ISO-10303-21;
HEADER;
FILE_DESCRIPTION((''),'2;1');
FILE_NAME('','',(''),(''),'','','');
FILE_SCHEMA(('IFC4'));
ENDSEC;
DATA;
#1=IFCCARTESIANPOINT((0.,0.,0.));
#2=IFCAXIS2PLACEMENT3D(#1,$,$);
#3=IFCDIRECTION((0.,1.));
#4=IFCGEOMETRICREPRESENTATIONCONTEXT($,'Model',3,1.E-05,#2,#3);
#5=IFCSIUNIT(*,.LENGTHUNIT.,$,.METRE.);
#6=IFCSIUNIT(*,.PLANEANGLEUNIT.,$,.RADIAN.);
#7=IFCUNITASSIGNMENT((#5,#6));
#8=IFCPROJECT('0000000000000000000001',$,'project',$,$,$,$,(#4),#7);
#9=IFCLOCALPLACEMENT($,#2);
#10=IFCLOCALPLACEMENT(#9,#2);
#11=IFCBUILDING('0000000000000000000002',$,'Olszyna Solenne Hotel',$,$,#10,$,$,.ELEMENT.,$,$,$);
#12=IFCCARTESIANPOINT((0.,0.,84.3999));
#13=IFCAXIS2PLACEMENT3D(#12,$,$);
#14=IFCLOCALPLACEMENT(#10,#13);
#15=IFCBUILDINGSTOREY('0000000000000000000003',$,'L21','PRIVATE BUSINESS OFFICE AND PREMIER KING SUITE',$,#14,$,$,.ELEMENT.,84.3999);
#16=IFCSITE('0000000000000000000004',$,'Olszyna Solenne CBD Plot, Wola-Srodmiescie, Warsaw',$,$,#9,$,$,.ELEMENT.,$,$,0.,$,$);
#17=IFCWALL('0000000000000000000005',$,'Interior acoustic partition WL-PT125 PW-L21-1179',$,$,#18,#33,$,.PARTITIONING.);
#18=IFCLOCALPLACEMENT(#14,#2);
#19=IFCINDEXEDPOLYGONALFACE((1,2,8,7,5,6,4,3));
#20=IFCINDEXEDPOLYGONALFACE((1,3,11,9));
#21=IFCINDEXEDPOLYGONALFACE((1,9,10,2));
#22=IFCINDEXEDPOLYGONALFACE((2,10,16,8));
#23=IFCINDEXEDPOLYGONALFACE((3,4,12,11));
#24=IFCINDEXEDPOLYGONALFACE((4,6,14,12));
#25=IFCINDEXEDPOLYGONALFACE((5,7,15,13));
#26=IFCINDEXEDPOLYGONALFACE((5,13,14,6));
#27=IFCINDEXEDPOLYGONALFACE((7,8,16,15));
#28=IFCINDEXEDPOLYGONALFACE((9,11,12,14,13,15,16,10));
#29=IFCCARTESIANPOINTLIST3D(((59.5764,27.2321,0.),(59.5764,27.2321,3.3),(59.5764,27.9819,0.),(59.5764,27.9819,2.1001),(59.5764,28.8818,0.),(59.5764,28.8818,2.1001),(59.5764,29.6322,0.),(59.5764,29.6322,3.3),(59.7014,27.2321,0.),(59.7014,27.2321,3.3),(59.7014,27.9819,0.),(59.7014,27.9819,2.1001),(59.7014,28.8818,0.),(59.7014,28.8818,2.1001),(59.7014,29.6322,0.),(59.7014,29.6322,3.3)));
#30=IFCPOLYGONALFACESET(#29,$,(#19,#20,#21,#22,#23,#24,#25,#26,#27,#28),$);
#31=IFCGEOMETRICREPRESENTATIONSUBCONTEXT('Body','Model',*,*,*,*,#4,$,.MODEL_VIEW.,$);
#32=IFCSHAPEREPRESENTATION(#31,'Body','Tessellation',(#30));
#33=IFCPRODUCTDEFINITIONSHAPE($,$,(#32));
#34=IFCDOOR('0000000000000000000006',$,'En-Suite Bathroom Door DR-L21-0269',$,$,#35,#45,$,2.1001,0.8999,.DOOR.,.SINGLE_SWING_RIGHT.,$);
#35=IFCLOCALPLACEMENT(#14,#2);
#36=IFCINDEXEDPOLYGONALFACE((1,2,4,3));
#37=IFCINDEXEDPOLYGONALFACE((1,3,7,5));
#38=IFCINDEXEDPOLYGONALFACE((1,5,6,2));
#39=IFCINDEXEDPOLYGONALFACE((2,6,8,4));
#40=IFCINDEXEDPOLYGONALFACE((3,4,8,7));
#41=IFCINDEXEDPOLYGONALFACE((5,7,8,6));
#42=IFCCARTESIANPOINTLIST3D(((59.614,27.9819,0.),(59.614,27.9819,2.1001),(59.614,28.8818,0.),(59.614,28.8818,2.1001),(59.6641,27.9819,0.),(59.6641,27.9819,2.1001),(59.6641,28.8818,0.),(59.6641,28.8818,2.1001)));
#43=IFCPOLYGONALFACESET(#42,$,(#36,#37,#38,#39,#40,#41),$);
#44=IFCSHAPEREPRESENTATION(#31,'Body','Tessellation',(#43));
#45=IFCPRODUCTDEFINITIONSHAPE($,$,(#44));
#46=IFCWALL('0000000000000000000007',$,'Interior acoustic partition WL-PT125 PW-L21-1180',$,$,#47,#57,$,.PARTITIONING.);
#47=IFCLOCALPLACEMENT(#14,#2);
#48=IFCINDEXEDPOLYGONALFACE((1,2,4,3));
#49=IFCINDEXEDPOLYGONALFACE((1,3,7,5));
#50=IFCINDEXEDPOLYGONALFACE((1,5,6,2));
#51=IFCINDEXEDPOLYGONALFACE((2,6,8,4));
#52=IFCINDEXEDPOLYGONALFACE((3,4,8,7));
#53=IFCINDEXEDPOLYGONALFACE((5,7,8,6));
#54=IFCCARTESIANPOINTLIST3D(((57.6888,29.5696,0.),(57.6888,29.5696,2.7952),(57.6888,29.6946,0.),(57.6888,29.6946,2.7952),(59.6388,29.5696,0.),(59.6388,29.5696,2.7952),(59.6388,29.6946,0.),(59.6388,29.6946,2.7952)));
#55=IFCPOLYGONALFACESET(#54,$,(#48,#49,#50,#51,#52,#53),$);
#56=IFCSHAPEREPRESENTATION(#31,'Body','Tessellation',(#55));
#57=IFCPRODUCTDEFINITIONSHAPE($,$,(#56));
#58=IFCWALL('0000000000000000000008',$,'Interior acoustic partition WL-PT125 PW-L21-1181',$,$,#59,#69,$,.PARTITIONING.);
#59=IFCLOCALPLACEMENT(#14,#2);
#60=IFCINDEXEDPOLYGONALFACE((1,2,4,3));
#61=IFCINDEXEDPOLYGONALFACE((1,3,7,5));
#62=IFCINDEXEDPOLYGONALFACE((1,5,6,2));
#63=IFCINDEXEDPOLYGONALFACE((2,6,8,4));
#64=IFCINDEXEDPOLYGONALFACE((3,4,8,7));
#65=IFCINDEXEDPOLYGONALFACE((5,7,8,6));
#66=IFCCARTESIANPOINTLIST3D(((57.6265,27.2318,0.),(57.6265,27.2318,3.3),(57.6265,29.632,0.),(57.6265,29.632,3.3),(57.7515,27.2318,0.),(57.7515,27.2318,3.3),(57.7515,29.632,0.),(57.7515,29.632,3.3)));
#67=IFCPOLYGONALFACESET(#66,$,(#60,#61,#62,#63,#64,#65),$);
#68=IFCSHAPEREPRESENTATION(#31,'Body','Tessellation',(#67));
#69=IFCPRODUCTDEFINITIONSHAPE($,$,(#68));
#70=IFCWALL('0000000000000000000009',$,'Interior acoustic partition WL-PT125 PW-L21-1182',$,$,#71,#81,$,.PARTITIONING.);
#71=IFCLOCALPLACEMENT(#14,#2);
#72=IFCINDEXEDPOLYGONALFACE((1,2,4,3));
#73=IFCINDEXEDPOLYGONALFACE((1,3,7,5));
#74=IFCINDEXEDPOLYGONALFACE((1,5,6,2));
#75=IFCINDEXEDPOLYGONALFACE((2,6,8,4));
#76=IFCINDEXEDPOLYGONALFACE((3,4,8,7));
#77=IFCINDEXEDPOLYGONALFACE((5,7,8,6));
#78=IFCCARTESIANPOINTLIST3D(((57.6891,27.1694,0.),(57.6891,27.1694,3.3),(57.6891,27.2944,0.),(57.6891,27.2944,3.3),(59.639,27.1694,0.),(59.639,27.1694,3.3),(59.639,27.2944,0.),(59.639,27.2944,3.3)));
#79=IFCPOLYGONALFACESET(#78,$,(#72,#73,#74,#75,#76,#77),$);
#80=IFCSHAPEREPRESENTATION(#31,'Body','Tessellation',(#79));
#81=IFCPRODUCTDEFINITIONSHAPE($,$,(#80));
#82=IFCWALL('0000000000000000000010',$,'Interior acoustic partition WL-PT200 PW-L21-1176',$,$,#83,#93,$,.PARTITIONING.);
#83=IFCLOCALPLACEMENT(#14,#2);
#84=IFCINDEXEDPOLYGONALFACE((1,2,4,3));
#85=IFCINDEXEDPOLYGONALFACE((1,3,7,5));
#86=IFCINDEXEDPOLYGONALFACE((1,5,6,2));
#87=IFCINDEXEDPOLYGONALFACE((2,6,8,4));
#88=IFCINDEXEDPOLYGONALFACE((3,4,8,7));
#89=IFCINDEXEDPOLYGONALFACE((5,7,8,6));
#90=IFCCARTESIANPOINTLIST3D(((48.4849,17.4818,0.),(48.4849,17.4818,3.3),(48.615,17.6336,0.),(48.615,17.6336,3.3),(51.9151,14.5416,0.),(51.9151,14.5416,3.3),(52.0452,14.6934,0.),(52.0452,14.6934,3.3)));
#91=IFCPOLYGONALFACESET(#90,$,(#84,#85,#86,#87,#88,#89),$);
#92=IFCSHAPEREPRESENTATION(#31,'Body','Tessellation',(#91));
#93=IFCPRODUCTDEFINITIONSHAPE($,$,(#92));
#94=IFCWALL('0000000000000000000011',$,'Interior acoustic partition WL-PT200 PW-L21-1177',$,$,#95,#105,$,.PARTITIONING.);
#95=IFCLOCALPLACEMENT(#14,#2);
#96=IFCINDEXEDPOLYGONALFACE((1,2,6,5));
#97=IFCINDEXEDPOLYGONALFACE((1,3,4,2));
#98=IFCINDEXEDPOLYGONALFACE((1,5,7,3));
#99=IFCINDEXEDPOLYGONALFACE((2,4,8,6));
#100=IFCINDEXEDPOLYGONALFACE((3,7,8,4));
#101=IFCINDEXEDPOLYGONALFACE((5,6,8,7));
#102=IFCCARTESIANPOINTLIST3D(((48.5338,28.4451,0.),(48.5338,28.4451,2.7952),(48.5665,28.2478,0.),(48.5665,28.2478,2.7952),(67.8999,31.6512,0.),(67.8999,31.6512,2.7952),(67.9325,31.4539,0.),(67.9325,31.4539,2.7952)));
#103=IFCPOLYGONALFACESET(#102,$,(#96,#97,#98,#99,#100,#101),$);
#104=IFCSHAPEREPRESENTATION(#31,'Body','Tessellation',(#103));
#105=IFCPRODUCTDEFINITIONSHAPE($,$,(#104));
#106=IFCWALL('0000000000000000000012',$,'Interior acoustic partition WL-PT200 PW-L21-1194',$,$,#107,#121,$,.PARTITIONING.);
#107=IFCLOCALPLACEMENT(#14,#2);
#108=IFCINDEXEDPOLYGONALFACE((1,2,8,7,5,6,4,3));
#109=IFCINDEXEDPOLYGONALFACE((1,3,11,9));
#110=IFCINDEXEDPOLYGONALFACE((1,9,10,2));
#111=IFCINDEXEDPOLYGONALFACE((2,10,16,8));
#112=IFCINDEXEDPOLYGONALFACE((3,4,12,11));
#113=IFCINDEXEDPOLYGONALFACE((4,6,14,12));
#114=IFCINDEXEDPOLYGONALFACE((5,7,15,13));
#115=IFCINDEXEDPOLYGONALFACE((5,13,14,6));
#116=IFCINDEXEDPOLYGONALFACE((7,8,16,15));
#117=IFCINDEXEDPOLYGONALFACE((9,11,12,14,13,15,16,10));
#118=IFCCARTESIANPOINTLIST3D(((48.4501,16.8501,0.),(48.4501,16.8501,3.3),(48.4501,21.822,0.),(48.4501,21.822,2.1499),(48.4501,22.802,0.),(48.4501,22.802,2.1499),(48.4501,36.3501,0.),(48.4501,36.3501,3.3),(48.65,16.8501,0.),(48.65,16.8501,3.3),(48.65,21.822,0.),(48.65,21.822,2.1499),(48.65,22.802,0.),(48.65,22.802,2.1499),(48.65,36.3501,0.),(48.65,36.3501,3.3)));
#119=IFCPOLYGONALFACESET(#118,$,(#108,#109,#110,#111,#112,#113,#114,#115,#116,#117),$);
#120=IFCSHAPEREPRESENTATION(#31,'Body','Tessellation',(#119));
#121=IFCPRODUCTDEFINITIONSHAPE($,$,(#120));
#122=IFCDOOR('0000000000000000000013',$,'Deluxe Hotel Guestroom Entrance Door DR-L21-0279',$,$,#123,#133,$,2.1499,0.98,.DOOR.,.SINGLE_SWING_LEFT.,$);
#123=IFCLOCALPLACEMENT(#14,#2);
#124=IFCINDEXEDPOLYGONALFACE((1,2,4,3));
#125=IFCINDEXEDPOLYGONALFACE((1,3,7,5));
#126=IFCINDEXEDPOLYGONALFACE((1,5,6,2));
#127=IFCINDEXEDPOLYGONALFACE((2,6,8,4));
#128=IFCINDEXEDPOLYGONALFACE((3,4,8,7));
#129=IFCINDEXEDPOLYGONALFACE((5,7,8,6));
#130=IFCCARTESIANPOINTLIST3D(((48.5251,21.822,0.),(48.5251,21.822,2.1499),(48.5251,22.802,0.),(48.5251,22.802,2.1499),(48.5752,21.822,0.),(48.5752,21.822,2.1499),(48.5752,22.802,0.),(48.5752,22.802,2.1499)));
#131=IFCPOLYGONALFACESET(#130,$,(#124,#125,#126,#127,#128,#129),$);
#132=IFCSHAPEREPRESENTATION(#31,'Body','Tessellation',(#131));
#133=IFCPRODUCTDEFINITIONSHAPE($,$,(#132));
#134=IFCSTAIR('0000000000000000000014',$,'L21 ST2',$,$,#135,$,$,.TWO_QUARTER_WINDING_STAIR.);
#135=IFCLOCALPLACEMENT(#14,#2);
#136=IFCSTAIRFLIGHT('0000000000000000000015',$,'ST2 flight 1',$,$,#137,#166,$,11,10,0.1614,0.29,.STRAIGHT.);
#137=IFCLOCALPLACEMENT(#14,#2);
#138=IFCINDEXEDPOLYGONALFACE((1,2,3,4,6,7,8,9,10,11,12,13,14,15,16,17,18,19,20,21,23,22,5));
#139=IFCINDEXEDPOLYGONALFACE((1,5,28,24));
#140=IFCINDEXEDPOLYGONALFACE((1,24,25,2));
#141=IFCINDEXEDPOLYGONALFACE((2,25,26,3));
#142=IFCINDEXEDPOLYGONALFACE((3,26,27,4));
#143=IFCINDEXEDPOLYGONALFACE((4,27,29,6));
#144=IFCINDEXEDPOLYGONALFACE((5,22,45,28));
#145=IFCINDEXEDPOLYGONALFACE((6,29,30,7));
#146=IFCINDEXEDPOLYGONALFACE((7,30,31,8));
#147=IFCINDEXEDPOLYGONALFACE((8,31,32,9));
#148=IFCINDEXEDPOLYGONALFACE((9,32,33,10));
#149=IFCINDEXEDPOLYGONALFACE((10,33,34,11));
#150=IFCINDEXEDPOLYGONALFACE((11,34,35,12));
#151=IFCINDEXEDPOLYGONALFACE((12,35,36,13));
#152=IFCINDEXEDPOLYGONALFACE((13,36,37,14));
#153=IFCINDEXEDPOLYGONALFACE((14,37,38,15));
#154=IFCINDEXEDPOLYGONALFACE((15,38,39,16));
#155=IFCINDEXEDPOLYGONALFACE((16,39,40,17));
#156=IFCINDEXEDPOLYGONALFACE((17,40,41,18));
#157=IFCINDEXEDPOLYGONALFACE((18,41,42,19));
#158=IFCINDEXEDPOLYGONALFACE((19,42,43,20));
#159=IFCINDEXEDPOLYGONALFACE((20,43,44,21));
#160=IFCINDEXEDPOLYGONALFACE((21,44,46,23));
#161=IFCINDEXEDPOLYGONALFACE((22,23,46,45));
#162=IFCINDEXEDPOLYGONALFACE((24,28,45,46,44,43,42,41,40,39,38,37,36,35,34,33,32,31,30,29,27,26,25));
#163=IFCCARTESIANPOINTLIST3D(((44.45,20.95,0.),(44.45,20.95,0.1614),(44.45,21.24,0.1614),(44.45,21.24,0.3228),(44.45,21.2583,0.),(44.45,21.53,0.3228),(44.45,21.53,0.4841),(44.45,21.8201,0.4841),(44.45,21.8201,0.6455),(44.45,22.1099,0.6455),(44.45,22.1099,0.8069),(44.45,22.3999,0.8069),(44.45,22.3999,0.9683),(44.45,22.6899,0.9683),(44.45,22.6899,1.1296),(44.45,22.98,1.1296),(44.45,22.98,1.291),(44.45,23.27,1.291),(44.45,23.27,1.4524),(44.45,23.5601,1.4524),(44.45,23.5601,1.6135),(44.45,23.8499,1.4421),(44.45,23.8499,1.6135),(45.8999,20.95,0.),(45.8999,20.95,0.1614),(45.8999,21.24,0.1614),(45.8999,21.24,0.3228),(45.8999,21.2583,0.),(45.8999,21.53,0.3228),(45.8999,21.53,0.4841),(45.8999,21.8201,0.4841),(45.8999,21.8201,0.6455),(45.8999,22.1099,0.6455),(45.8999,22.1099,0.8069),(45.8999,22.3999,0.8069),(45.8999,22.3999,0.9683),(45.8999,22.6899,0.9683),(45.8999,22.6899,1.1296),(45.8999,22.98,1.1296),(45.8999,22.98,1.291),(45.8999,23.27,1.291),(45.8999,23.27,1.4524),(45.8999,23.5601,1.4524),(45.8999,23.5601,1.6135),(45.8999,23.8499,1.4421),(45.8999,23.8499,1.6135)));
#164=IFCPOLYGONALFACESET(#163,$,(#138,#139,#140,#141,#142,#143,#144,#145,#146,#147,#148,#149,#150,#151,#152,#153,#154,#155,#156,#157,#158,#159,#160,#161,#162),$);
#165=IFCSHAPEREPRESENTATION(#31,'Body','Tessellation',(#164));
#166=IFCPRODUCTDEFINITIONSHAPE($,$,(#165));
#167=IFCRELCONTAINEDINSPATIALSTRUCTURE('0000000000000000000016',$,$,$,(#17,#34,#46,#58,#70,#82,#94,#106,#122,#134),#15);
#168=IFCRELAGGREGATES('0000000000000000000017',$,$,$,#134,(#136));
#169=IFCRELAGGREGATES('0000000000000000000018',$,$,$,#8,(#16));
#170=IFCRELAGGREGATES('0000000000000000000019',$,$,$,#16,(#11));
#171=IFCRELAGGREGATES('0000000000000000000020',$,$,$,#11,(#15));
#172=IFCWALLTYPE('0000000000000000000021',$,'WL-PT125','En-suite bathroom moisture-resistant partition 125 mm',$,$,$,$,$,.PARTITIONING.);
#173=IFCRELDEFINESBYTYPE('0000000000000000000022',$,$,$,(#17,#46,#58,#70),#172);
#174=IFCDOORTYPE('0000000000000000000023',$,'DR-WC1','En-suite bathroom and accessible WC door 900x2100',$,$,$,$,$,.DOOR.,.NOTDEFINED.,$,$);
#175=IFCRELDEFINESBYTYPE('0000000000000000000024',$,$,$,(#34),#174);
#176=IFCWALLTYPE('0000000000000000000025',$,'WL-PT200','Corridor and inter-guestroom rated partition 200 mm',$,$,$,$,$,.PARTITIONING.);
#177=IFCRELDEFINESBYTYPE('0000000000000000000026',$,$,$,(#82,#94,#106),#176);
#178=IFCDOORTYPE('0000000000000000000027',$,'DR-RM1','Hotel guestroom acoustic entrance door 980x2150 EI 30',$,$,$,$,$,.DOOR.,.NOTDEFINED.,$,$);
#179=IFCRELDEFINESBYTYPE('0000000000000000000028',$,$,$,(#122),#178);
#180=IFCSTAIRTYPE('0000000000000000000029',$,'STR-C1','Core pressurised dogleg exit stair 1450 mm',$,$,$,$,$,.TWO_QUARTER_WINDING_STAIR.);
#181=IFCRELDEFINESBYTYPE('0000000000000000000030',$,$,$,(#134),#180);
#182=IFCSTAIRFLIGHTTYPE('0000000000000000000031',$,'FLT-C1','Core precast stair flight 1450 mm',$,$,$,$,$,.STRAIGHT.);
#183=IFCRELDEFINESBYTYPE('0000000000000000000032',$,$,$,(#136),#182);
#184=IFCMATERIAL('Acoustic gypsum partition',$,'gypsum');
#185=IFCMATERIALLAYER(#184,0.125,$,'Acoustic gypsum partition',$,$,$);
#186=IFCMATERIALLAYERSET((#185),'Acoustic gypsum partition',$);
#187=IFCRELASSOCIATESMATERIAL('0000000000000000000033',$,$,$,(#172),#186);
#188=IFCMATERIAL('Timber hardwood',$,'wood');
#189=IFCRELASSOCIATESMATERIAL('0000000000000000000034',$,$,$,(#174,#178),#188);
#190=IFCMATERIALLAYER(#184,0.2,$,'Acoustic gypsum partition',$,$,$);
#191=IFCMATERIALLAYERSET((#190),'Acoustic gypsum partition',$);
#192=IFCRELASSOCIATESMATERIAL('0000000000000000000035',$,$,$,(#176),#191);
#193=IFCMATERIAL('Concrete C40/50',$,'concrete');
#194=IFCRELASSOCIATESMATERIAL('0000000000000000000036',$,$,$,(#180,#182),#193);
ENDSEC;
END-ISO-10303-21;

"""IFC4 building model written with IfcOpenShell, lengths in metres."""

from ifc_helpers import new_model, si_unit, direction, frame, frame_2d, origin, place, context, subcontext, project, spatial, polyline, rectangle, outline, extrude, source, transform, mapped, material, layer, layer_set, type_object, type_shapes, element, fill, aggregate, save


model = new_model("IFC4")

# Units and contexts
model_context = context("Model", 3, precision=1e-05, world=origin(), true_north=direction((0.0, 1.0)))
body_context = subcontext(model_context, "Body", "Model", "MODEL_VIEW")
ifc_project = project(units=[si_unit("LENGTHUNIT", "METRE"), si_unit("PLANEANGLEUNIT", "RADIAN")], contexts=[model_context])

# Site, building, storey
site_placement = place(None, origin())
site = spatial("IfcSite", under=ifc_project, at=site_placement, Name="Olszyna Solenne CBD Plot, Wola-Srodmiescie, Warsaw", CompositionType="ELEMENT", RefElevation=0.0)
building_placement = place(site_placement, origin())
building = spatial("IfcBuilding", under=site, at=building_placement, Name="Olszyna Solenne Hotel", CompositionType="ELEMENT")
storey_placement = place(building_placement, frame((0.0, 0.0, 84.3999)))
storey = spatial("IfcBuildingStorey", under=building, at=storey_placement, Name="L21", Description="PRIVATE BUSINESS OFFICE AND PREMIER KING SUITE", CompositionType="ELEMENT", Elevation=84.3999)

# Wall, opening, door
ifc_material_1 = material(Name="Acoustic gypsum partition", Category="gypsum")
ifc_layer_1 = layer(ifc_material_1, 0.125, Name="Acoustic gypsum partition")
ifc_layer_set_1 = layer_set([ifc_layer_1], Name="Acoustic gypsum partition")
wall_type_1 = type_object("IfcWallType", Name="WL-PT125", Description="En-suite bathroom moisture-resistant partition 125 mm", PredefinedType="PARTITIONING", material=ifc_layer_set_1)
wall_1_placement = place(storey_placement, frame((59.6389, 27.2319, 0.0), z_axis=(0.0, 0.0, 1.0), x_axis=(0.0, 1.0, 0.0)))
wall_1 = element("IfcWall", 1, at=wall_1_placement, inside=storey, type_object=wall_type_1, Name="Interior acoustic partition WL-PT125 PW-L21-1179", PredefinedType="PARTITIONING", context=body_context, shape_type="SweptSolid", body=[
    extrude(rectangle(XDim=2.4001, YDim=0.125, at=frame_2d((1.2002, 0.0))), origin(), (0.0, 0.0, 1.0), 3.3),
])
opening_1_placement = place(wall_1_placement, frame((0.75, 0.0, 0.0)))
opening_1 = element("IfcOpeningElement", 2, at=opening_1_placement, cuts=wall_1, PredefinedType="OPENING", context=body_context, shape_type="SweptSolid", body=[
    extrude(rectangle(XDim=0.8999, YDim=2.1001, at=frame_2d((0.45, 1.05))), frame((0.0, 0.0725, 0.0), z_axis=(0.0, -1.0, 0.0), x_axis=(1.0, 0.0, 0.0)), (0.0, 0.0, 1.0), 0.145),
])
ifc_material_2 = material(Name="Timber hardwood", Category="wood")
door_type_1 = type_object("IfcDoorType", Name="DR-WC1", Description="En-suite bathroom and accessible WC door 900x2100", OperationType="NOTDEFINED", PredefinedType="DOOR", material=ifc_material_2)
shared_shape_1 = source(origin(), body_context, "Body", "SweptSolid", [
    extrude(rectangle(XDim=0.8999, YDim=2.1001, at=frame_2d((0.45, 1.05))), frame((0.0, 0.0249, 0.0), z_axis=(0.0, -1.0, 0.0), x_axis=(1.0, 0.0, 0.0)), (0.0, 0.0, 1.0), 0.05),
])
type_shapes(door_type_1, [shared_shape_1])
door_1_placement = place(opening_1_placement, origin())
door_1 = element("IfcDoor", 3, at=door_1_placement, inside=storey, type_object=door_type_1, Name="En-Suite Bathroom Door DR-L21-0269", OperationType="SINGLE_SWING_RIGHT", OverallHeight=2.1001, OverallWidth=0.8999, PredefinedType="DOOR", context=body_context, shape_type="MappedRepresentation", body=[
    mapped(shared_shape_1, transform((0.0, 0.0, 0.0), x_axis=(1.0, 0.0, 0.0), y_axis=(0.0, 1.0, 0.0), z_axis=(0.0, 0.0, 1.0), scale=1.0)),
])
fill(opening_1, door_1)

# Walls
wall_2_placement = place(storey_placement, frame((59.6389, 29.6321, 0.0), z_axis=(0.0, 0.0, 1.0), x_axis=(-1.0, 0.0, 0.0)))
element("IfcWall", 4, at=wall_2_placement, inside=storey, type_object=wall_type_1, Name="Interior acoustic partition WL-PT125 PW-L21-1180", PredefinedType="PARTITIONING", context=body_context, shape_type="SweptSolid", body=[
    extrude(rectangle(XDim=1.95, YDim=0.125, at=frame_2d((0.9751, 0.0))), origin(), (0.0, 0.0, 1.0), 2.7952),
])
wall_3_placement = place(storey_placement, frame((57.689, 29.6321, 0.0), z_axis=(0.0, 0.0, 1.0), x_axis=(0.0, -1.0, 0.0)))
element("IfcWall", 5, at=wall_3_placement, inside=storey, type_object=wall_type_1, Name="Interior acoustic partition WL-PT125 PW-L21-1181", PredefinedType="PARTITIONING", context=body_context, shape_type="SweptSolid", body=[
    extrude(rectangle(XDim=2.4001, YDim=0.125, at=frame_2d((1.2002, 0.0))), origin(), (0.0, 0.0, 1.0), 3.3),
])
wall_4_placement = place(storey_placement, frame((57.689, 27.2319, 0.0), z_axis=(0.0, 0.0, 1.0), x_axis=(1.0, 0.0, 0.0)))
element("IfcWall", 6, at=wall_4_placement, inside=storey, type_object=wall_type_1, Name="Interior acoustic partition WL-PT125 PW-L21-1182", PredefinedType="PARTITIONING", context=body_context, shape_type="SweptSolid", body=[
    extrude(rectangle(XDim=1.95, YDim=0.125, at=frame_2d((0.9751, 0.0))), origin(), (0.0, 0.0, 1.0), 3.3),
])
ifc_layer_2 = layer(ifc_material_1, 0.2, Name="Acoustic gypsum partition")
ifc_layer_set_2 = layer_set([ifc_layer_2], Name="Acoustic gypsum partition")
wall_type_2 = type_object("IfcWallType", Name="WL-PT200", Description="Corridor and inter-guestroom rated partition 200 mm", PredefinedType="PARTITIONING", material=ifc_layer_set_2)
wall_5_placement = place(storey_placement, frame((48.55, 17.5576, 0.0), z_axis=(0.0, 0.0, 1.0), x_axis=(0.759253, -0.650796, 0.0)))
element("IfcWall", 7, at=wall_5_placement, inside=storey, type_object=wall_type_2, Name="Interior acoustic partition WL-PT200 PW-L21-1176", PredefinedType="PARTITIONING", context=body_context, shape_type="SweptSolid", body=[
    extrude(rectangle(XDim=4.5178, YDim=0.2, at=frame_2d((2.2588, 0.0))), origin(), (0.0, 0.0, 1.0), 3.3),
])
wall_6_placement = place(storey_placement, frame((48.55, 28.3464, 0.0), z_axis=(0.0, 0.0, 1.0), x_axis=(0.986572, 0.163328, 0.0)))
element("IfcWall", 8, at=wall_6_placement, inside=storey, type_object=wall_type_2, Name="Interior acoustic partition WL-PT200 PW-L21-1177", PredefinedType="PARTITIONING", context=body_context, shape_type="SweptSolid", body=[
    extrude(rectangle(XDim=19.6296, YDim=0.2, at=frame_2d((9.8149, 0.0))), origin(), (0.0, 0.0, 1.0), 2.7952),
])

# Wall, opening, door
wall_7_placement = place(storey_placement, frame((48.55, 16.8501, 0.0), z_axis=(0.0, 0.0, 1.0), x_axis=(0.0, 1.0, 0.0)))
wall_7 = element("IfcWall", 9, at=wall_7_placement, inside=storey, type_object=wall_type_2, Name="Interior acoustic partition WL-PT200 PW-L21-1194", PredefinedType="PARTITIONING", context=body_context, shape_type="SweptSolid", body=[
    extrude(rectangle(XDim=19.5, YDim=0.2, at=frame_2d((9.75, 0.0))), origin(), (0.0, 0.0, 1.0), 3.3),
])
opening_2_placement = place(wall_7_placement, frame((4.9719, 0.0, 0.0)))
opening_2 = element("IfcOpeningElement", 10, at=opening_2_placement, cuts=wall_7, PredefinedType="OPENING", context=body_context, shape_type="SweptSolid", body=[
    extrude(rectangle(XDim=0.98, YDim=2.1499, at=frame_2d((0.49, 1.075))), frame((0.0, 0.1099, 0.0), z_axis=(0.0, -1.0, 0.0), x_axis=(1.0, 0.0, 0.0)), (0.0, 0.0, 1.0), 0.22),
])
door_type_2 = type_object("IfcDoorType", Name="DR-RM1", Description="Hotel guestroom acoustic entrance door 980x2150 EI 30", OperationType="NOTDEFINED", PredefinedType="DOOR", material=ifc_material_2)
shared_shape_2 = source(origin(), body_context, "Body", "SweptSolid", [
    extrude(rectangle(XDim=0.98, YDim=2.1499, at=frame_2d((0.49, 1.075))), frame((0.0, 0.0249, 0.0), z_axis=(0.0, -1.0, 0.0), x_axis=(1.0, 0.0, 0.0)), (0.0, 0.0, 1.0), 0.05),
])
type_shapes(door_type_2, [shared_shape_2])
door_2_placement = place(opening_2_placement, origin())
door_2 = element("IfcDoor", 11, at=door_2_placement, inside=storey, type_object=door_type_2, Name="Deluxe Hotel Guestroom Entrance Door DR-L21-0279", OperationType="SINGLE_SWING_LEFT", OverallHeight=2.1499, OverallWidth=0.98, PredefinedType="DOOR", context=body_context, shape_type="MappedRepresentation", body=[
    mapped(shared_shape_2, transform((0.0, 0.0, 0.0), x_axis=(1.0, 0.0, 0.0), y_axis=(0.0, 1.0, 0.0), z_axis=(0.0, 0.0, 1.0), scale=1.0)),
])
fill(opening_2, door_2)

# Stair, stair flight
ifc_material_3 = material(Name="Concrete C40/50", Category="concrete")
stair_type = type_object("IfcStairType", Name="STR-C1", Description="Core pressurised dogleg exit stair 1450 mm", PredefinedType="TWO_QUARTER_WINDING_STAIR", material=ifc_material_3)
stair_placement = place(storey_placement, origin())
stair = element("IfcStair", 12, at=stair_placement, inside=storey, type_object=stair_type, Name="L21 ST2", PredefinedType="TWO_QUARTER_WINDING_STAIR")
stair_flight_type = type_object("IfcStairFlightType", Name="FLT-C1", Description="Core precast stair flight 1450 mm", PredefinedType="STRAIGHT", material=ifc_material_3)
stair_flight_placement = place(storey_placement, frame((45.175, 20.95, 0.0), z_axis=(0.0, 0.0, 1.0), x_axis=(0.0, 1.0, 0.0)))
stair_flight = element("IfcStairFlight", 13, at=stair_flight_placement, type_object=stair_flight_type, Name="ST2 flight 1", NumberOfRisers=11, NumberOfTreads=10, PredefinedType="STRAIGHT", RiserHeight=0.1614, TreadLength=0.29, context=body_context, shape_type="SweptSolid", body=[
    extrude(outline(polyline([(0.0, 0.0), (0.0, 0.1614), (0.29, 0.1614), (0.29, 0.3228), (0.5801, 0.3228), (0.5801, 0.4841), (0.8701, 0.4841), (0.8701, 0.6455), (1.1599, 0.6455), (1.1599, 0.8069), (1.45, 0.8069), (1.45, 0.9683), (1.74, 0.9683), (1.74, 1.1296), (2.03, 1.1296), (2.03, 1.291), (2.3201, 1.291), (2.3201, 1.4524), (2.6101, 1.4524), (2.6101, 1.6135), (2.8999, 1.6135), (2.8999, 1.7749), (2.8999, 1.4421), (0.3083, 0.0), (0.0, 0.0)])), frame((0.0, 0.7251, 0.0), z_axis=(0.0, -1.0, 0.0), x_axis=(1.0, 0.0, 0.0)), (0.0, 0.0, 1.0), 1.45),
])
aggregate(stair, [stair_flight])

save(model, "model.ifc")
